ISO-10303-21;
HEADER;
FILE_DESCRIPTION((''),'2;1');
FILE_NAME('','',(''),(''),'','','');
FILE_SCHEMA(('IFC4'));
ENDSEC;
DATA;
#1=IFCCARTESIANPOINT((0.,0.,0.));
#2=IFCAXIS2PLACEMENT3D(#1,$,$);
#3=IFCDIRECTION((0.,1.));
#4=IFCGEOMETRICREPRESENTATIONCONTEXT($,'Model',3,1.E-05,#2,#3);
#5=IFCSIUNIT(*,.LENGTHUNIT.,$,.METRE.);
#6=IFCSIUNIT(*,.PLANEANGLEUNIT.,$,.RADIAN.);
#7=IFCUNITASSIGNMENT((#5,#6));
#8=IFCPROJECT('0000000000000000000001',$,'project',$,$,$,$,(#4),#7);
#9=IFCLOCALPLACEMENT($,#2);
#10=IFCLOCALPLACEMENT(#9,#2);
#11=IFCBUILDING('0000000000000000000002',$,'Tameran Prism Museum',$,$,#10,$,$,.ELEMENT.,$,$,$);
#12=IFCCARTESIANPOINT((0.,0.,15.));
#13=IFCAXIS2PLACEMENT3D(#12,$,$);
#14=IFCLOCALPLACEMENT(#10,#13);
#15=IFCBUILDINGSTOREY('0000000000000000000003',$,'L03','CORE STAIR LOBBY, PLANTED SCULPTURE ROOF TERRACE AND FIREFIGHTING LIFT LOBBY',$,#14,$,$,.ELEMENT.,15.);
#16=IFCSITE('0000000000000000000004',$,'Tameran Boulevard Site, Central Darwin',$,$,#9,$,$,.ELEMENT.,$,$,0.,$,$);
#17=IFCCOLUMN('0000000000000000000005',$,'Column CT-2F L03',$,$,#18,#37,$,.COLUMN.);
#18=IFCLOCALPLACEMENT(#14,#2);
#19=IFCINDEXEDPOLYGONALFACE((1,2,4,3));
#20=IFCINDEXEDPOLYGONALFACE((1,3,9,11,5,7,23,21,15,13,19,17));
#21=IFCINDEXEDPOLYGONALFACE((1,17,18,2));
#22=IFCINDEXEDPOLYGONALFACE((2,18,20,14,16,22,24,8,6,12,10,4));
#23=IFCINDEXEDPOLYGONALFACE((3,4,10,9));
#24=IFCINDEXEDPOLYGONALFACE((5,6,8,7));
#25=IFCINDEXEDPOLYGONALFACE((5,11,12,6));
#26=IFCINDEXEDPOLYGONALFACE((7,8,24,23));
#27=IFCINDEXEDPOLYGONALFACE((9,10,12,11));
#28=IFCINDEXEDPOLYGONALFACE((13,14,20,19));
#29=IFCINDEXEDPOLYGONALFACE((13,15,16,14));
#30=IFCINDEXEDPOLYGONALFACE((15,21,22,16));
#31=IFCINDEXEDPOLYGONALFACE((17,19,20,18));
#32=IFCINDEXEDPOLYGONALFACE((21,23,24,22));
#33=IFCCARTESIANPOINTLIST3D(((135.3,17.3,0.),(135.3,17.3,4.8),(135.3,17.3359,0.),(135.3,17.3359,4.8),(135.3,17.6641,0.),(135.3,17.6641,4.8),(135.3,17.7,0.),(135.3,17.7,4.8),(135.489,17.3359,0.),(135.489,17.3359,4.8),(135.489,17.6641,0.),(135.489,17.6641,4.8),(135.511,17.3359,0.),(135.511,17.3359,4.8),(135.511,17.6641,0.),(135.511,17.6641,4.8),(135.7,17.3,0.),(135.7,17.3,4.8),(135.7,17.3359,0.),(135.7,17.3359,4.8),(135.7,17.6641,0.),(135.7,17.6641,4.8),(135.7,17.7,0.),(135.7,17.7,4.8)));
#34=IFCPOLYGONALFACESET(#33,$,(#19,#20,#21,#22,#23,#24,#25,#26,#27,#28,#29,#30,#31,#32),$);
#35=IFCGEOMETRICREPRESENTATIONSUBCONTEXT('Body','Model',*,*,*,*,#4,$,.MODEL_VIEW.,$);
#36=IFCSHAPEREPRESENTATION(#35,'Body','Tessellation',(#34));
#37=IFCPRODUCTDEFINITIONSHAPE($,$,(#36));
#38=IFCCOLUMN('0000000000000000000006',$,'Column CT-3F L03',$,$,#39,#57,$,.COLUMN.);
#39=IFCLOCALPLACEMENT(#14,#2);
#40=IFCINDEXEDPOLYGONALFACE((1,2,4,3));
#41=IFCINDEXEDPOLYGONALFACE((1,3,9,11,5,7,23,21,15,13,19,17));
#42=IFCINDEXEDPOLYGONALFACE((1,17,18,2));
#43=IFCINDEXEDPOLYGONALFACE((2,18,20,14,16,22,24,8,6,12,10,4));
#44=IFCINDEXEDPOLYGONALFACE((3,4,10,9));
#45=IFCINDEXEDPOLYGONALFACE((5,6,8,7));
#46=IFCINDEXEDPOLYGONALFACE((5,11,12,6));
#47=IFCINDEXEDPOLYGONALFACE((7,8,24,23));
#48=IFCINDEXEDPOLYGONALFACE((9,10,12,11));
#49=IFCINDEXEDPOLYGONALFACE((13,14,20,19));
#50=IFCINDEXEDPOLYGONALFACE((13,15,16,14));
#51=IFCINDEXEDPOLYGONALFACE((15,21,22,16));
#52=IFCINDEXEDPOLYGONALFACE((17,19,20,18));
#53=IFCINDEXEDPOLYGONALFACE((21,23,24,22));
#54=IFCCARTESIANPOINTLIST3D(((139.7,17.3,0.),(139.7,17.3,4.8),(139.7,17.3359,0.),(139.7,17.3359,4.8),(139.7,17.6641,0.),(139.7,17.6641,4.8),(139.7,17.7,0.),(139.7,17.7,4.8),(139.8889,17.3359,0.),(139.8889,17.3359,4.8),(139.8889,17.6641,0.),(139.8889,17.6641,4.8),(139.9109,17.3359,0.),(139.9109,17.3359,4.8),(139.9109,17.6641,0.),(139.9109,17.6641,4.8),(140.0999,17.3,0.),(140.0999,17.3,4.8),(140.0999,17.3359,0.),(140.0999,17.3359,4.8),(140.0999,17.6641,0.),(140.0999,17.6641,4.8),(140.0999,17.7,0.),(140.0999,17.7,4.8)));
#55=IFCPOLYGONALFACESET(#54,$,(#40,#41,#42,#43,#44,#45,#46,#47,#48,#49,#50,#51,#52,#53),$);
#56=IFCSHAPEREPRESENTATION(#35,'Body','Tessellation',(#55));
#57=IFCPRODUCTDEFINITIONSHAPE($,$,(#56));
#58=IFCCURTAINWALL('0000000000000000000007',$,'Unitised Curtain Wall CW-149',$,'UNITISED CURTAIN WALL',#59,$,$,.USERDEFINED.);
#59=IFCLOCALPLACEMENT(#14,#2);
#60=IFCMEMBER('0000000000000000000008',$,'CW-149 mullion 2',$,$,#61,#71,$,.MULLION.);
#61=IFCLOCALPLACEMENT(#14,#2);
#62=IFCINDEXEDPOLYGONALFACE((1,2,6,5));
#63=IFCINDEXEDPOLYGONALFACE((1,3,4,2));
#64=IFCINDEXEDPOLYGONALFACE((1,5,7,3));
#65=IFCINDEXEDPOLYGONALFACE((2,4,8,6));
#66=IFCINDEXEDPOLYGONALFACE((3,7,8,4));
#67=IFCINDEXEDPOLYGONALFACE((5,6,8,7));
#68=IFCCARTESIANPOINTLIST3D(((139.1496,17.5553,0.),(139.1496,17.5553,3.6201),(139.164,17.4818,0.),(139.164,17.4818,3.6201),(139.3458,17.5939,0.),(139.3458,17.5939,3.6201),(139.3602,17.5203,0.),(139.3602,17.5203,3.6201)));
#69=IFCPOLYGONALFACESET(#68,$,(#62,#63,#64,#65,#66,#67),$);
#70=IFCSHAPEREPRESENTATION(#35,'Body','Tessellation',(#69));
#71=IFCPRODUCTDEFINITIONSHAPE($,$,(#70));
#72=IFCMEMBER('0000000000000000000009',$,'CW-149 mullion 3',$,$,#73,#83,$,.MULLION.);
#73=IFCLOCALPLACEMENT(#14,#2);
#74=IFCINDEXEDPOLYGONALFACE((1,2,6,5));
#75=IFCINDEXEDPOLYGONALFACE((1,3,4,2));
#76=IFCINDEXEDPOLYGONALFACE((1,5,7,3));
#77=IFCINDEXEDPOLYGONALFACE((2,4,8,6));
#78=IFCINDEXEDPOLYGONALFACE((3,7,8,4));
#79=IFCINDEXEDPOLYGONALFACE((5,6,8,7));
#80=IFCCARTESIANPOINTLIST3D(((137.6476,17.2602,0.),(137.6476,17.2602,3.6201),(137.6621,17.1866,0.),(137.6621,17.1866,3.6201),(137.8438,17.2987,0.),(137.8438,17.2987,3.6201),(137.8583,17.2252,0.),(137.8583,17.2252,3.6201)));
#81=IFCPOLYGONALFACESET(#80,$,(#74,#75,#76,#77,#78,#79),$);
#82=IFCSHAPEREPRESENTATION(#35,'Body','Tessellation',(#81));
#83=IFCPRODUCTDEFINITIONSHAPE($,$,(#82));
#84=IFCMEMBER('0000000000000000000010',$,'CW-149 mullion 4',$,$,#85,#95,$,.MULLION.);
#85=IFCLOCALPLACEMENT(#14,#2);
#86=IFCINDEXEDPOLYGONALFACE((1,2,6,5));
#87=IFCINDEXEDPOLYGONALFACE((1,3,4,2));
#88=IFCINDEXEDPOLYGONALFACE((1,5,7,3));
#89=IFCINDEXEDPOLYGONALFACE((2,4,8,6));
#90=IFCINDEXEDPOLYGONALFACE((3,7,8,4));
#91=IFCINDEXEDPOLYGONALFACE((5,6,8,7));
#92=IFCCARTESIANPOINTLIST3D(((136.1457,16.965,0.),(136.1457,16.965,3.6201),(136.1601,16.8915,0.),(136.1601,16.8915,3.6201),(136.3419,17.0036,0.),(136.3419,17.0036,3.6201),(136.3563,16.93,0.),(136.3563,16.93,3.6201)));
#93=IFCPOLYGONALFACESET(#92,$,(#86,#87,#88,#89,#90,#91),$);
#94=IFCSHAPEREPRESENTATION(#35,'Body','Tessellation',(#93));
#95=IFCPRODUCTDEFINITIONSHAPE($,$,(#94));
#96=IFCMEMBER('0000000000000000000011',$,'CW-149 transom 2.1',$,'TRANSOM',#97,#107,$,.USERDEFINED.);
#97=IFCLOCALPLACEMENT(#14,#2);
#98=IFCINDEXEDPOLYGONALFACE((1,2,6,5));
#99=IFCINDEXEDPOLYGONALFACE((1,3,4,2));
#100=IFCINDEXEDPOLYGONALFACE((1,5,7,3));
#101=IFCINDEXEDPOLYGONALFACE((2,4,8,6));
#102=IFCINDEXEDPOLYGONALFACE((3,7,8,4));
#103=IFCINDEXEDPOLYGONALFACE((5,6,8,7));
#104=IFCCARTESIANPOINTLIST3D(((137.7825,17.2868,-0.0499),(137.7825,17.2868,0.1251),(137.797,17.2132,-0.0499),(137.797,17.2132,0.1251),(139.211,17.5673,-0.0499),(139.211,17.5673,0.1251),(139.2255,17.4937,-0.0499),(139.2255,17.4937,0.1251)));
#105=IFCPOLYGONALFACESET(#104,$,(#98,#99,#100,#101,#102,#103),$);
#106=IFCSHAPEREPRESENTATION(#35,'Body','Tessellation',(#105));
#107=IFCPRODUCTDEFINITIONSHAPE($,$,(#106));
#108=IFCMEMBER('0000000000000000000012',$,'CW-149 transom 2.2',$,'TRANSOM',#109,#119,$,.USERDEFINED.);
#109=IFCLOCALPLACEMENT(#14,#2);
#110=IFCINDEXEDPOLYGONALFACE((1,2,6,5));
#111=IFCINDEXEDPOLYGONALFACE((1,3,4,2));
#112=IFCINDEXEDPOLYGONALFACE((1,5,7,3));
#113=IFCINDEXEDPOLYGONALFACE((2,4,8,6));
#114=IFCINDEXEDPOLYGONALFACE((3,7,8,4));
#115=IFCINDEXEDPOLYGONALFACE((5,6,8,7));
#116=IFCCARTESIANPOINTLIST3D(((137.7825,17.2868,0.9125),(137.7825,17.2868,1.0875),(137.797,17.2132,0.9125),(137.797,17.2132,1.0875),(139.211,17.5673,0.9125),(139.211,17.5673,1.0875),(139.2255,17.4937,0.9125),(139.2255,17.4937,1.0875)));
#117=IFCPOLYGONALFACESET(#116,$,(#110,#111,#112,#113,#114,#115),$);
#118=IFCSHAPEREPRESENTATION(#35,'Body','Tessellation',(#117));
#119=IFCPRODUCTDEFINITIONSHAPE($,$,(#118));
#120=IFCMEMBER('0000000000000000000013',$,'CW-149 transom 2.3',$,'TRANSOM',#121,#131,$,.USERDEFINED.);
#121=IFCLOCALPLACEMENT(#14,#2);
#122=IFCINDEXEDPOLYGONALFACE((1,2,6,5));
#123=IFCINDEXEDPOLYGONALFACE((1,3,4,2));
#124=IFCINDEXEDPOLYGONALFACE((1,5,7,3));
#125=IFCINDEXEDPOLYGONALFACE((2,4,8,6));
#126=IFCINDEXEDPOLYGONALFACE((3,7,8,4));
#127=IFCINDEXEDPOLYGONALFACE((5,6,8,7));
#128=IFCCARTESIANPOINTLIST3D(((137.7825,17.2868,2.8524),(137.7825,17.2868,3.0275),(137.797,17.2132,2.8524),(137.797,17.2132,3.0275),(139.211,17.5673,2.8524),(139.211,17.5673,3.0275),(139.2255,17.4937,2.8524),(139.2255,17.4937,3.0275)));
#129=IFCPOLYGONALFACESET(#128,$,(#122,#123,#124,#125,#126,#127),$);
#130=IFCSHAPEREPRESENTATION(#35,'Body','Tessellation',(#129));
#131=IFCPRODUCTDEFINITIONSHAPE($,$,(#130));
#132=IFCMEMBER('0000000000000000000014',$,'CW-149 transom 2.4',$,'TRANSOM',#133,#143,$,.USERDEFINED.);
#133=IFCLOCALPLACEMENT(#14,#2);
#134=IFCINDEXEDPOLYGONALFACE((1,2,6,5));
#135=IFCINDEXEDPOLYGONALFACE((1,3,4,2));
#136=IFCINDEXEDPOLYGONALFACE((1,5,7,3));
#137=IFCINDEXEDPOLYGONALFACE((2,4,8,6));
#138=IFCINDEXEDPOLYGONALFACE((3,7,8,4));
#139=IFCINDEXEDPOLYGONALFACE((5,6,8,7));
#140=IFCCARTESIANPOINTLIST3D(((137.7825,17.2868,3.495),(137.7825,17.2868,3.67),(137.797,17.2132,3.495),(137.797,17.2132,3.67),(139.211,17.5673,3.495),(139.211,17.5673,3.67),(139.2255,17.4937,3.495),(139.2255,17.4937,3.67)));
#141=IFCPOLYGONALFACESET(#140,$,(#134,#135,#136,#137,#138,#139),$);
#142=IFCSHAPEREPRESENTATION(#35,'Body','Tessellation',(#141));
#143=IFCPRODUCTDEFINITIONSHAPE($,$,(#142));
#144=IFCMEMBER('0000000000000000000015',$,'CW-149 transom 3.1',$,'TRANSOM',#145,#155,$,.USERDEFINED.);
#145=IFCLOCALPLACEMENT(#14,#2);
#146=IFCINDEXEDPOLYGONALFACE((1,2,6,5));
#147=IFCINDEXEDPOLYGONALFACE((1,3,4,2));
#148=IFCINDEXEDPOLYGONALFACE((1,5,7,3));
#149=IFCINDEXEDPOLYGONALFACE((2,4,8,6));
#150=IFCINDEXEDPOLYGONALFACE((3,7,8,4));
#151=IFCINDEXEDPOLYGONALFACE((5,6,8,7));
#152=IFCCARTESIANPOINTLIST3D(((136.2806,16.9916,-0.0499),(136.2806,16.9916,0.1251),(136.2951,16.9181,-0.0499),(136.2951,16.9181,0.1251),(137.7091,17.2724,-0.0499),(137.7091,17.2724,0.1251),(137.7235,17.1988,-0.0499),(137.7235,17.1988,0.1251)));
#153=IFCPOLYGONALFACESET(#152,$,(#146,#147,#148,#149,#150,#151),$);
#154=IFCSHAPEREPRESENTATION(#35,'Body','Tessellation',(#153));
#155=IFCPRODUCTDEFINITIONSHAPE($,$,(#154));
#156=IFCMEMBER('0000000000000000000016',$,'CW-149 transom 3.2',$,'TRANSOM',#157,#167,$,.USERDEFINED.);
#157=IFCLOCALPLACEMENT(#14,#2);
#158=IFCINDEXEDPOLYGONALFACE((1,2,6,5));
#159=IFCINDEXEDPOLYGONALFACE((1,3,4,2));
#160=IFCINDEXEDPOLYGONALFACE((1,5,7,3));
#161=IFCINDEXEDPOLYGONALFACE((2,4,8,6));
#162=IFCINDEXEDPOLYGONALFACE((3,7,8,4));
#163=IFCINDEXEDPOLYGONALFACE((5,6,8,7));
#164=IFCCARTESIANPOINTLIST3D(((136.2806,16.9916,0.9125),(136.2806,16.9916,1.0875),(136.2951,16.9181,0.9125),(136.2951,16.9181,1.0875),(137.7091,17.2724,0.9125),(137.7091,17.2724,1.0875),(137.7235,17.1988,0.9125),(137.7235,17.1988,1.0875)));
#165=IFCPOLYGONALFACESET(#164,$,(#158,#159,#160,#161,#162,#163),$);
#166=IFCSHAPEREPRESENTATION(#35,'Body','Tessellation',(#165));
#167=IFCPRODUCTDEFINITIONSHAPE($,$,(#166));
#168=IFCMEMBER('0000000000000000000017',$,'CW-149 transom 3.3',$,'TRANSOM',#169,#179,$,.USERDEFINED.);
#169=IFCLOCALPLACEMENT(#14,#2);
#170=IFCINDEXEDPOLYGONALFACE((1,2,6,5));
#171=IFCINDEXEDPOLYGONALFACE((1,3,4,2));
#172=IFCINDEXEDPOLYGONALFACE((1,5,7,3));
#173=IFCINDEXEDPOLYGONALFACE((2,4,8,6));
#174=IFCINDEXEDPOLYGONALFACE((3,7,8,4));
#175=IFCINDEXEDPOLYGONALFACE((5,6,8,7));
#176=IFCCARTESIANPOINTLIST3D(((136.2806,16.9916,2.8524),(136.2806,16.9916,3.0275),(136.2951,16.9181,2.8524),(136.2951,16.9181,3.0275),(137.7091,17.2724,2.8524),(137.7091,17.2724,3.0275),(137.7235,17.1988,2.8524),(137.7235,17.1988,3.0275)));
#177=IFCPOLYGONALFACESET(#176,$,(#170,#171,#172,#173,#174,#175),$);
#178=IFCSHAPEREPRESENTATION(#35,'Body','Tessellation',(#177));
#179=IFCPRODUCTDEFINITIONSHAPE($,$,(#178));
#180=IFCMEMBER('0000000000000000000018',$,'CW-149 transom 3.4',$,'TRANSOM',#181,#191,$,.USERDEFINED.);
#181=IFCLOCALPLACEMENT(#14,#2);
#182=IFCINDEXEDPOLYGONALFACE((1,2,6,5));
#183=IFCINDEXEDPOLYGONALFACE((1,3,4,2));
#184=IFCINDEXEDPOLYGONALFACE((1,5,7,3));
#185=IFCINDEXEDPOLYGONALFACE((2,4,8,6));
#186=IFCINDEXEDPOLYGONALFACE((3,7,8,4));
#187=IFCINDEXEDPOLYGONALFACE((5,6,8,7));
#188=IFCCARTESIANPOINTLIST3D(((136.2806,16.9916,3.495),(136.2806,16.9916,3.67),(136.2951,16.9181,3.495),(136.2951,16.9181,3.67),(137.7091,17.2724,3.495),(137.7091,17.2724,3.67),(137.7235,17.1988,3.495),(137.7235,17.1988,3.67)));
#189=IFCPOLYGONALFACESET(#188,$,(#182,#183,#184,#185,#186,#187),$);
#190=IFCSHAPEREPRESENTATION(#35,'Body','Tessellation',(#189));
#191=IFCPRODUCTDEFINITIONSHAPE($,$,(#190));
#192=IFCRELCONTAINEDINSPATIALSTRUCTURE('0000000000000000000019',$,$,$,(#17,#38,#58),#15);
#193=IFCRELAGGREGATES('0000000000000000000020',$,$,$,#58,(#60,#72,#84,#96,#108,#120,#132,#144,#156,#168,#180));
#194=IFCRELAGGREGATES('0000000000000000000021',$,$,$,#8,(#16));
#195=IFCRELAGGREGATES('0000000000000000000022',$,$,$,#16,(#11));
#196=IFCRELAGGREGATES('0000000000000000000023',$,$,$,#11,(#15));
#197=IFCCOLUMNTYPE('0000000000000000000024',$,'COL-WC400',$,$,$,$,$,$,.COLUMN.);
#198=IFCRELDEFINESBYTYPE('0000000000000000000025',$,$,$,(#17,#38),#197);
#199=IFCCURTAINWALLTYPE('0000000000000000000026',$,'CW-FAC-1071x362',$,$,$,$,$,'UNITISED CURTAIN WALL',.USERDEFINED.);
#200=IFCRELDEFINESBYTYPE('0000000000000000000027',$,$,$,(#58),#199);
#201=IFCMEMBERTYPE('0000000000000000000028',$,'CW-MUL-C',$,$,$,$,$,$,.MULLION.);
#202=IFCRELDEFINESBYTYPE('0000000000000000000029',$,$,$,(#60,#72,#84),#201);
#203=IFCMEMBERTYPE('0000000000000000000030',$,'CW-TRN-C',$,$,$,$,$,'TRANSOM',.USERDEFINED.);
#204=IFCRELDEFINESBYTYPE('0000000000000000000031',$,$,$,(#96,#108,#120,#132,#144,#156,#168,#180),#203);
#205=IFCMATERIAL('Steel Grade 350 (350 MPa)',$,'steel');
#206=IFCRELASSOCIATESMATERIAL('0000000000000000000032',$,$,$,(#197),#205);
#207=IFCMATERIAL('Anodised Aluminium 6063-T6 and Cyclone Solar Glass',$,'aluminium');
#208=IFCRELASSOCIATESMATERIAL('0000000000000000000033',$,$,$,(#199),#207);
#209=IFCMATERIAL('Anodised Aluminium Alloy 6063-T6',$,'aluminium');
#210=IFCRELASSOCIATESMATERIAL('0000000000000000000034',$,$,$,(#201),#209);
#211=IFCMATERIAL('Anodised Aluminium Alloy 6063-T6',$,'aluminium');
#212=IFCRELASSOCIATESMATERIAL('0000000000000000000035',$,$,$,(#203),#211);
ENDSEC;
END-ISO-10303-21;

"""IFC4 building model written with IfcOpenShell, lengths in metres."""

from ifc_helpers import new_model, si_unit, direction, frame, origin, origin_2d, place, context, subcontext, project, spatial, rectangle, i_section, extrude, material, material_profile, profile_set, type_object, element, aggregate, save


model = new_model("IFC4")

# Units and contexts
model_context = context("Model", 3, precision=1e-05, world=origin(), true_north=direction((0.0, 1.0)))
body_context = subcontext(model_context, "Body", "Model", "MODEL_VIEW")
ifc_project = project(units=[si_unit("LENGTHUNIT", "METRE"), si_unit("PLANEANGLEUNIT", "RADIAN")], contexts=[model_context])

# Site, building, storey
site_placement = place(None, origin())
site = spatial("IfcSite", under=ifc_project, at=site_placement, Name="Tameran Boulevard Site, Central Darwin", CompositionType="ELEMENT", RefElevation=0.0)
building_placement = place(site_placement, origin())
building = spatial("IfcBuilding", under=site, at=building_placement, Name="Tameran Prism Museum", CompositionType="ELEMENT")
storey_placement = place(building_placement, frame((0.0, 0.0, 15.0)))
storey = spatial("IfcBuildingStorey", under=building, at=storey_placement, Name="L03", Description="CORE STAIR LOBBY, PLANTED SCULPTURE ROOF TERRACE AND FIREFIGHTING LIFT LOBBY", CompositionType="ELEMENT", Elevation=15.0)

# Columns
ifc_material_1 = material(Name="Steel Grade 350 (350 MPa)", Category="steel")
ifc_material_profile_1 = material_profile(ifc_material_1, i_section(OverallWidth=0.3999, OverallDepth=0.3999, WebThickness=0.022, FlangeThickness=0.0359, at=origin_2d()))
ifc_profile_set_1 = profile_set([ifc_material_profile_1])
column_type = type_object("IfcColumnType", Name="COL-WC400", PredefinedType="COLUMN", material=ifc_profile_set_1)
for number, where, z_axis, x_axis, name in (
    (1, (135.5, 17.5, 0.0), (0.0, 0.0, 1.0), (1.0, 0.0, 0.0), "Column CT-2F L03"),
    (2, (139.8999, 17.5, 0.0), (0.0, 0.0, 1.0), (1.0, 0.0, 0.0), "Column CT-3F L03"),
):
    element("IfcColumn", number, at=place(storey_placement, frame(where, z_axis=z_axis, x_axis=x_axis)), inside=storey, type_object=column_type, Name=name, PredefinedType="COLUMN", context=body_context, shape_type="SweptSolid", body=[
        extrude(i_section(OverallWidth=0.3999, OverallDepth=0.3999, WebThickness=0.022, FlangeThickness=0.0359, at=origin_2d()), origin(), (0.0, 0.0, 1.0), 4.8),
    ])

# Curtain wall, members
ifc_material_2 = material(Name="Anodised Aluminium 6063-T6 and Cyclone Solar Glass", Category="aluminium")
curtain_wall_type = type_object("IfcCurtainWallType", Name="CW-FAC-1071x362", ElementType="UNITISED CURTAIN WALL", PredefinedType="USERDEFINED", material=ifc_material_2)
curtain_wall_placement = place(storey_placement, origin())
curtain_wall = element("IfcCurtainWall", 3, at=curtain_wall_placement, inside=storey, type_object=curtain_wall_type, Name="Unitised Curtain Wall CW-149", ObjectType="UNITISED CURTAIN WALL", PredefinedType="USERDEFINED")
ifc_material_3 = material(Name="Anodised Aluminium Alloy 6063-T6", Category="aluminium")
ifc_material_profile_2 = material_profile(ifc_material_3, rectangle(XDim=0.075, YDim=0.2, at=origin_2d()))
ifc_profile_set_2 = profile_set([ifc_material_profile_2])
member_type_1 = type_object("IfcMemberType", Name="CW-MUL-C", PredefinedType="MULLION", material=ifc_profile_set_2)
member_1_placement = place(storey_placement, frame((139.2549, 17.5378, 0.0), z_axis=(0.0, 0.0, 1.0), x_axis=(0.192813, -0.981236, 0.0)))
member_1 = element("IfcMember", 4, at=member_1_placement, type_object=member_type_1, Name="CW-149 mullion 2", PredefinedType="MULLION", context=body_context, shape_type="SweptSolid", body=[
    extrude(rectangle(XDim=0.075, YDim=0.2, at=origin_2d()), origin(), (0.0, 0.0, 1.0), 3.6201),
])
member_2_placement = place(storey_placement, frame((137.7529, 17.2427, 0.0), z_axis=(0.0, 0.0, 1.0), x_axis=(0.192813, -0.981236, 0.0)))
member_2 = element("IfcMember", 5, at=member_2_placement, type_object=member_type_1, Name="CW-149 mullion 3", PredefinedType="MULLION", context=body_context, shape_type="SweptSolid", body=[
    extrude(rectangle(XDim=0.075, YDim=0.2, at=origin_2d()), origin(), (0.0, 0.0, 1.0), 3.6201),
])
member_3_placement = place(storey_placement, frame((136.251, 16.9475, 0.0), z_axis=(0.0, 0.0, 1.0), x_axis=(0.192813, -0.981236, 0.0)))
member_3 = element("IfcMember", 6, at=member_3_placement, type_object=member_type_1, Name="CW-149 mullion 4", PredefinedType="MULLION", context=body_context, shape_type="SweptSolid", body=[
    extrude(rectangle(XDim=0.075, YDim=0.2, at=origin_2d()), origin(), (0.0, 0.0, 1.0), 3.6201),
])
ifc_material_4 = material(Name="Anodised Aluminium Alloy 6063-T6", Category="aluminium")
ifc_material_profile_3 = material_profile(ifc_material_4, rectangle(XDim=0.075, YDim=0.175, at=origin_2d()))
ifc_profile_set_3 = profile_set([ifc_material_profile_3])
member_type_2 = type_object("IfcMemberType", Name="CW-TRN-C", ElementType="TRANSOM", PredefinedType="USERDEFINED", material=ifc_profile_set_3)
member_4_placement = place(storey_placement, frame((139.2183, 17.5305, 0.0376), z_axis=(-0.981258, -0.192696, 0.0), x_axis=(0.192696, -0.981258, 0.0)))
member_4 = element("IfcMember", 7, at=member_4_placement, type_object=member_type_2, Name="CW-149 transom 2.1", ObjectType="TRANSOM", PredefinedType="USERDEFINED", context=body_context, shape_type="SweptSolid", body=[
    extrude(rectangle(XDim=0.075, YDim=0.175, at=origin_2d()), origin(), (0.0, 0.0, 1.0), 1.4558),
])
member_5_placement = place(storey_placement, frame((139.2183, 17.5305, 1.0), z_axis=(-0.981258, -0.192696, 0.0), x_axis=(0.192696, -0.981258, 0.0)))
member_5 = element("IfcMember", 8, at=member_5_placement, type_object=member_type_2, Name="CW-149 transom 2.2", ObjectType="TRANSOM", PredefinedType="USERDEFINED", context=body_context, shape_type="SweptSolid", body=[
    extrude(rectangle(XDim=0.075, YDim=0.175, at=origin_2d()), origin(), (0.0, 0.0, 1.0), 1.4558),
])
member_6_placement = place(storey_placement, frame((139.2183, 17.5305, 2.9399), z_axis=(-0.981258, -0.192696, 0.0), x_axis=(0.192696, -0.981258, 0.0)))
member_6 = element("IfcMember", 9, at=member_6_placement, type_object=member_type_2, Name="CW-149 transom 2.3", ObjectType="TRANSOM", PredefinedType="USERDEFINED", context=body_context, shape_type="SweptSolid", body=[
    extrude(rectangle(XDim=0.075, YDim=0.175, at=origin_2d()), origin(), (0.0, 0.0, 1.0), 1.4558),
])
member_7_placement = place(storey_placement, frame((139.2183, 17.5305, 3.5825), z_axis=(-0.981258, -0.192696, 0.0), x_axis=(0.192696, -0.981258, 0.0)))
member_7 = element("IfcMember", 10, at=member_7_placement, type_object=member_type_2, Name="CW-149 transom 2.4", ObjectType="TRANSOM", PredefinedType="USERDEFINED", context=body_context, shape_type="SweptSolid", body=[
    extrude(rectangle(XDim=0.075, YDim=0.175, at=origin_2d()), origin(), (0.0, 0.0, 1.0), 1.4558),
])
member_8_placement = place(storey_placement, frame((137.7163, 17.2356, 0.0376), z_axis=(-0.981227, -0.192858, 0.0), x_axis=(0.192858, -0.981227, 0.0)))
member_8 = element("IfcMember", 11, at=member_8_placement, type_object=member_type_2, Name="CW-149 transom 3.1", ObjectType="TRANSOM", PredefinedType="USERDEFINED", context=body_context, shape_type="SweptSolid", body=[
    extrude(rectangle(XDim=0.075, YDim=0.175, at=origin_2d()), origin(), (0.0, 0.0, 1.0), 1.4558),
])
member_9_placement = place(storey_placement, frame((137.7163, 17.2356, 1.0), z_axis=(-0.981227, -0.192858, 0.0), x_axis=(0.192858, -0.981227, 0.0)))
member_9 = element("IfcMember", 12, at=member_9_placement, type_object=member_type_2, Name="CW-149 transom 3.2", ObjectType="TRANSOM", PredefinedType="USERDEFINED", context=body_context, shape_type="SweptSolid", body=[
    extrude(rectangle(XDim=0.075, YDim=0.175, at=origin_2d()), origin(), (0.0, 0.0, 1.0), 1.4558),
])
member_10_placement = place(storey_placement, frame((137.7163, 17.2356, 2.9399), z_axis=(-0.981227, -0.192858, 0.0), x_axis=(0.192858, -0.981227, 0.0)))
member_10 = element("IfcMember", 13, at=member_10_placement, type_object=member_type_2, Name="CW-149 transom 3.3", ObjectType="TRANSOM", PredefinedType="USERDEFINED", context=body_context, shape_type="SweptSolid", body=[
    extrude(rectangle(XDim=0.075, YDim=0.175, at=origin_2d()), origin(), (0.0, 0.0, 1.0), 1.4558),
])
member_11_placement = place(storey_placement, frame((137.7163, 17.2356, 3.5825), z_axis=(-0.981227, -0.192858, 0.0), x_axis=(0.192858, -0.981227, 0.0)))
member_11 = element("IfcMember", 14, at=member_11_placement, type_object=member_type_2, Name="CW-149 transom 3.4", ObjectType="TRANSOM", PredefinedType="USERDEFINED", context=body_context, shape_type="SweptSolid", body=[
    extrude(rectangle(XDim=0.075, YDim=0.175, at=origin_2d()), origin(), (0.0, 0.0, 1.0), 1.4558),
])
aggregate(curtain_wall, [member_1, member_2, member_3, member_4, member_5, member_6, member_7, member_8, member_9, member_10, member_11])

save(model, "model.ifc")
